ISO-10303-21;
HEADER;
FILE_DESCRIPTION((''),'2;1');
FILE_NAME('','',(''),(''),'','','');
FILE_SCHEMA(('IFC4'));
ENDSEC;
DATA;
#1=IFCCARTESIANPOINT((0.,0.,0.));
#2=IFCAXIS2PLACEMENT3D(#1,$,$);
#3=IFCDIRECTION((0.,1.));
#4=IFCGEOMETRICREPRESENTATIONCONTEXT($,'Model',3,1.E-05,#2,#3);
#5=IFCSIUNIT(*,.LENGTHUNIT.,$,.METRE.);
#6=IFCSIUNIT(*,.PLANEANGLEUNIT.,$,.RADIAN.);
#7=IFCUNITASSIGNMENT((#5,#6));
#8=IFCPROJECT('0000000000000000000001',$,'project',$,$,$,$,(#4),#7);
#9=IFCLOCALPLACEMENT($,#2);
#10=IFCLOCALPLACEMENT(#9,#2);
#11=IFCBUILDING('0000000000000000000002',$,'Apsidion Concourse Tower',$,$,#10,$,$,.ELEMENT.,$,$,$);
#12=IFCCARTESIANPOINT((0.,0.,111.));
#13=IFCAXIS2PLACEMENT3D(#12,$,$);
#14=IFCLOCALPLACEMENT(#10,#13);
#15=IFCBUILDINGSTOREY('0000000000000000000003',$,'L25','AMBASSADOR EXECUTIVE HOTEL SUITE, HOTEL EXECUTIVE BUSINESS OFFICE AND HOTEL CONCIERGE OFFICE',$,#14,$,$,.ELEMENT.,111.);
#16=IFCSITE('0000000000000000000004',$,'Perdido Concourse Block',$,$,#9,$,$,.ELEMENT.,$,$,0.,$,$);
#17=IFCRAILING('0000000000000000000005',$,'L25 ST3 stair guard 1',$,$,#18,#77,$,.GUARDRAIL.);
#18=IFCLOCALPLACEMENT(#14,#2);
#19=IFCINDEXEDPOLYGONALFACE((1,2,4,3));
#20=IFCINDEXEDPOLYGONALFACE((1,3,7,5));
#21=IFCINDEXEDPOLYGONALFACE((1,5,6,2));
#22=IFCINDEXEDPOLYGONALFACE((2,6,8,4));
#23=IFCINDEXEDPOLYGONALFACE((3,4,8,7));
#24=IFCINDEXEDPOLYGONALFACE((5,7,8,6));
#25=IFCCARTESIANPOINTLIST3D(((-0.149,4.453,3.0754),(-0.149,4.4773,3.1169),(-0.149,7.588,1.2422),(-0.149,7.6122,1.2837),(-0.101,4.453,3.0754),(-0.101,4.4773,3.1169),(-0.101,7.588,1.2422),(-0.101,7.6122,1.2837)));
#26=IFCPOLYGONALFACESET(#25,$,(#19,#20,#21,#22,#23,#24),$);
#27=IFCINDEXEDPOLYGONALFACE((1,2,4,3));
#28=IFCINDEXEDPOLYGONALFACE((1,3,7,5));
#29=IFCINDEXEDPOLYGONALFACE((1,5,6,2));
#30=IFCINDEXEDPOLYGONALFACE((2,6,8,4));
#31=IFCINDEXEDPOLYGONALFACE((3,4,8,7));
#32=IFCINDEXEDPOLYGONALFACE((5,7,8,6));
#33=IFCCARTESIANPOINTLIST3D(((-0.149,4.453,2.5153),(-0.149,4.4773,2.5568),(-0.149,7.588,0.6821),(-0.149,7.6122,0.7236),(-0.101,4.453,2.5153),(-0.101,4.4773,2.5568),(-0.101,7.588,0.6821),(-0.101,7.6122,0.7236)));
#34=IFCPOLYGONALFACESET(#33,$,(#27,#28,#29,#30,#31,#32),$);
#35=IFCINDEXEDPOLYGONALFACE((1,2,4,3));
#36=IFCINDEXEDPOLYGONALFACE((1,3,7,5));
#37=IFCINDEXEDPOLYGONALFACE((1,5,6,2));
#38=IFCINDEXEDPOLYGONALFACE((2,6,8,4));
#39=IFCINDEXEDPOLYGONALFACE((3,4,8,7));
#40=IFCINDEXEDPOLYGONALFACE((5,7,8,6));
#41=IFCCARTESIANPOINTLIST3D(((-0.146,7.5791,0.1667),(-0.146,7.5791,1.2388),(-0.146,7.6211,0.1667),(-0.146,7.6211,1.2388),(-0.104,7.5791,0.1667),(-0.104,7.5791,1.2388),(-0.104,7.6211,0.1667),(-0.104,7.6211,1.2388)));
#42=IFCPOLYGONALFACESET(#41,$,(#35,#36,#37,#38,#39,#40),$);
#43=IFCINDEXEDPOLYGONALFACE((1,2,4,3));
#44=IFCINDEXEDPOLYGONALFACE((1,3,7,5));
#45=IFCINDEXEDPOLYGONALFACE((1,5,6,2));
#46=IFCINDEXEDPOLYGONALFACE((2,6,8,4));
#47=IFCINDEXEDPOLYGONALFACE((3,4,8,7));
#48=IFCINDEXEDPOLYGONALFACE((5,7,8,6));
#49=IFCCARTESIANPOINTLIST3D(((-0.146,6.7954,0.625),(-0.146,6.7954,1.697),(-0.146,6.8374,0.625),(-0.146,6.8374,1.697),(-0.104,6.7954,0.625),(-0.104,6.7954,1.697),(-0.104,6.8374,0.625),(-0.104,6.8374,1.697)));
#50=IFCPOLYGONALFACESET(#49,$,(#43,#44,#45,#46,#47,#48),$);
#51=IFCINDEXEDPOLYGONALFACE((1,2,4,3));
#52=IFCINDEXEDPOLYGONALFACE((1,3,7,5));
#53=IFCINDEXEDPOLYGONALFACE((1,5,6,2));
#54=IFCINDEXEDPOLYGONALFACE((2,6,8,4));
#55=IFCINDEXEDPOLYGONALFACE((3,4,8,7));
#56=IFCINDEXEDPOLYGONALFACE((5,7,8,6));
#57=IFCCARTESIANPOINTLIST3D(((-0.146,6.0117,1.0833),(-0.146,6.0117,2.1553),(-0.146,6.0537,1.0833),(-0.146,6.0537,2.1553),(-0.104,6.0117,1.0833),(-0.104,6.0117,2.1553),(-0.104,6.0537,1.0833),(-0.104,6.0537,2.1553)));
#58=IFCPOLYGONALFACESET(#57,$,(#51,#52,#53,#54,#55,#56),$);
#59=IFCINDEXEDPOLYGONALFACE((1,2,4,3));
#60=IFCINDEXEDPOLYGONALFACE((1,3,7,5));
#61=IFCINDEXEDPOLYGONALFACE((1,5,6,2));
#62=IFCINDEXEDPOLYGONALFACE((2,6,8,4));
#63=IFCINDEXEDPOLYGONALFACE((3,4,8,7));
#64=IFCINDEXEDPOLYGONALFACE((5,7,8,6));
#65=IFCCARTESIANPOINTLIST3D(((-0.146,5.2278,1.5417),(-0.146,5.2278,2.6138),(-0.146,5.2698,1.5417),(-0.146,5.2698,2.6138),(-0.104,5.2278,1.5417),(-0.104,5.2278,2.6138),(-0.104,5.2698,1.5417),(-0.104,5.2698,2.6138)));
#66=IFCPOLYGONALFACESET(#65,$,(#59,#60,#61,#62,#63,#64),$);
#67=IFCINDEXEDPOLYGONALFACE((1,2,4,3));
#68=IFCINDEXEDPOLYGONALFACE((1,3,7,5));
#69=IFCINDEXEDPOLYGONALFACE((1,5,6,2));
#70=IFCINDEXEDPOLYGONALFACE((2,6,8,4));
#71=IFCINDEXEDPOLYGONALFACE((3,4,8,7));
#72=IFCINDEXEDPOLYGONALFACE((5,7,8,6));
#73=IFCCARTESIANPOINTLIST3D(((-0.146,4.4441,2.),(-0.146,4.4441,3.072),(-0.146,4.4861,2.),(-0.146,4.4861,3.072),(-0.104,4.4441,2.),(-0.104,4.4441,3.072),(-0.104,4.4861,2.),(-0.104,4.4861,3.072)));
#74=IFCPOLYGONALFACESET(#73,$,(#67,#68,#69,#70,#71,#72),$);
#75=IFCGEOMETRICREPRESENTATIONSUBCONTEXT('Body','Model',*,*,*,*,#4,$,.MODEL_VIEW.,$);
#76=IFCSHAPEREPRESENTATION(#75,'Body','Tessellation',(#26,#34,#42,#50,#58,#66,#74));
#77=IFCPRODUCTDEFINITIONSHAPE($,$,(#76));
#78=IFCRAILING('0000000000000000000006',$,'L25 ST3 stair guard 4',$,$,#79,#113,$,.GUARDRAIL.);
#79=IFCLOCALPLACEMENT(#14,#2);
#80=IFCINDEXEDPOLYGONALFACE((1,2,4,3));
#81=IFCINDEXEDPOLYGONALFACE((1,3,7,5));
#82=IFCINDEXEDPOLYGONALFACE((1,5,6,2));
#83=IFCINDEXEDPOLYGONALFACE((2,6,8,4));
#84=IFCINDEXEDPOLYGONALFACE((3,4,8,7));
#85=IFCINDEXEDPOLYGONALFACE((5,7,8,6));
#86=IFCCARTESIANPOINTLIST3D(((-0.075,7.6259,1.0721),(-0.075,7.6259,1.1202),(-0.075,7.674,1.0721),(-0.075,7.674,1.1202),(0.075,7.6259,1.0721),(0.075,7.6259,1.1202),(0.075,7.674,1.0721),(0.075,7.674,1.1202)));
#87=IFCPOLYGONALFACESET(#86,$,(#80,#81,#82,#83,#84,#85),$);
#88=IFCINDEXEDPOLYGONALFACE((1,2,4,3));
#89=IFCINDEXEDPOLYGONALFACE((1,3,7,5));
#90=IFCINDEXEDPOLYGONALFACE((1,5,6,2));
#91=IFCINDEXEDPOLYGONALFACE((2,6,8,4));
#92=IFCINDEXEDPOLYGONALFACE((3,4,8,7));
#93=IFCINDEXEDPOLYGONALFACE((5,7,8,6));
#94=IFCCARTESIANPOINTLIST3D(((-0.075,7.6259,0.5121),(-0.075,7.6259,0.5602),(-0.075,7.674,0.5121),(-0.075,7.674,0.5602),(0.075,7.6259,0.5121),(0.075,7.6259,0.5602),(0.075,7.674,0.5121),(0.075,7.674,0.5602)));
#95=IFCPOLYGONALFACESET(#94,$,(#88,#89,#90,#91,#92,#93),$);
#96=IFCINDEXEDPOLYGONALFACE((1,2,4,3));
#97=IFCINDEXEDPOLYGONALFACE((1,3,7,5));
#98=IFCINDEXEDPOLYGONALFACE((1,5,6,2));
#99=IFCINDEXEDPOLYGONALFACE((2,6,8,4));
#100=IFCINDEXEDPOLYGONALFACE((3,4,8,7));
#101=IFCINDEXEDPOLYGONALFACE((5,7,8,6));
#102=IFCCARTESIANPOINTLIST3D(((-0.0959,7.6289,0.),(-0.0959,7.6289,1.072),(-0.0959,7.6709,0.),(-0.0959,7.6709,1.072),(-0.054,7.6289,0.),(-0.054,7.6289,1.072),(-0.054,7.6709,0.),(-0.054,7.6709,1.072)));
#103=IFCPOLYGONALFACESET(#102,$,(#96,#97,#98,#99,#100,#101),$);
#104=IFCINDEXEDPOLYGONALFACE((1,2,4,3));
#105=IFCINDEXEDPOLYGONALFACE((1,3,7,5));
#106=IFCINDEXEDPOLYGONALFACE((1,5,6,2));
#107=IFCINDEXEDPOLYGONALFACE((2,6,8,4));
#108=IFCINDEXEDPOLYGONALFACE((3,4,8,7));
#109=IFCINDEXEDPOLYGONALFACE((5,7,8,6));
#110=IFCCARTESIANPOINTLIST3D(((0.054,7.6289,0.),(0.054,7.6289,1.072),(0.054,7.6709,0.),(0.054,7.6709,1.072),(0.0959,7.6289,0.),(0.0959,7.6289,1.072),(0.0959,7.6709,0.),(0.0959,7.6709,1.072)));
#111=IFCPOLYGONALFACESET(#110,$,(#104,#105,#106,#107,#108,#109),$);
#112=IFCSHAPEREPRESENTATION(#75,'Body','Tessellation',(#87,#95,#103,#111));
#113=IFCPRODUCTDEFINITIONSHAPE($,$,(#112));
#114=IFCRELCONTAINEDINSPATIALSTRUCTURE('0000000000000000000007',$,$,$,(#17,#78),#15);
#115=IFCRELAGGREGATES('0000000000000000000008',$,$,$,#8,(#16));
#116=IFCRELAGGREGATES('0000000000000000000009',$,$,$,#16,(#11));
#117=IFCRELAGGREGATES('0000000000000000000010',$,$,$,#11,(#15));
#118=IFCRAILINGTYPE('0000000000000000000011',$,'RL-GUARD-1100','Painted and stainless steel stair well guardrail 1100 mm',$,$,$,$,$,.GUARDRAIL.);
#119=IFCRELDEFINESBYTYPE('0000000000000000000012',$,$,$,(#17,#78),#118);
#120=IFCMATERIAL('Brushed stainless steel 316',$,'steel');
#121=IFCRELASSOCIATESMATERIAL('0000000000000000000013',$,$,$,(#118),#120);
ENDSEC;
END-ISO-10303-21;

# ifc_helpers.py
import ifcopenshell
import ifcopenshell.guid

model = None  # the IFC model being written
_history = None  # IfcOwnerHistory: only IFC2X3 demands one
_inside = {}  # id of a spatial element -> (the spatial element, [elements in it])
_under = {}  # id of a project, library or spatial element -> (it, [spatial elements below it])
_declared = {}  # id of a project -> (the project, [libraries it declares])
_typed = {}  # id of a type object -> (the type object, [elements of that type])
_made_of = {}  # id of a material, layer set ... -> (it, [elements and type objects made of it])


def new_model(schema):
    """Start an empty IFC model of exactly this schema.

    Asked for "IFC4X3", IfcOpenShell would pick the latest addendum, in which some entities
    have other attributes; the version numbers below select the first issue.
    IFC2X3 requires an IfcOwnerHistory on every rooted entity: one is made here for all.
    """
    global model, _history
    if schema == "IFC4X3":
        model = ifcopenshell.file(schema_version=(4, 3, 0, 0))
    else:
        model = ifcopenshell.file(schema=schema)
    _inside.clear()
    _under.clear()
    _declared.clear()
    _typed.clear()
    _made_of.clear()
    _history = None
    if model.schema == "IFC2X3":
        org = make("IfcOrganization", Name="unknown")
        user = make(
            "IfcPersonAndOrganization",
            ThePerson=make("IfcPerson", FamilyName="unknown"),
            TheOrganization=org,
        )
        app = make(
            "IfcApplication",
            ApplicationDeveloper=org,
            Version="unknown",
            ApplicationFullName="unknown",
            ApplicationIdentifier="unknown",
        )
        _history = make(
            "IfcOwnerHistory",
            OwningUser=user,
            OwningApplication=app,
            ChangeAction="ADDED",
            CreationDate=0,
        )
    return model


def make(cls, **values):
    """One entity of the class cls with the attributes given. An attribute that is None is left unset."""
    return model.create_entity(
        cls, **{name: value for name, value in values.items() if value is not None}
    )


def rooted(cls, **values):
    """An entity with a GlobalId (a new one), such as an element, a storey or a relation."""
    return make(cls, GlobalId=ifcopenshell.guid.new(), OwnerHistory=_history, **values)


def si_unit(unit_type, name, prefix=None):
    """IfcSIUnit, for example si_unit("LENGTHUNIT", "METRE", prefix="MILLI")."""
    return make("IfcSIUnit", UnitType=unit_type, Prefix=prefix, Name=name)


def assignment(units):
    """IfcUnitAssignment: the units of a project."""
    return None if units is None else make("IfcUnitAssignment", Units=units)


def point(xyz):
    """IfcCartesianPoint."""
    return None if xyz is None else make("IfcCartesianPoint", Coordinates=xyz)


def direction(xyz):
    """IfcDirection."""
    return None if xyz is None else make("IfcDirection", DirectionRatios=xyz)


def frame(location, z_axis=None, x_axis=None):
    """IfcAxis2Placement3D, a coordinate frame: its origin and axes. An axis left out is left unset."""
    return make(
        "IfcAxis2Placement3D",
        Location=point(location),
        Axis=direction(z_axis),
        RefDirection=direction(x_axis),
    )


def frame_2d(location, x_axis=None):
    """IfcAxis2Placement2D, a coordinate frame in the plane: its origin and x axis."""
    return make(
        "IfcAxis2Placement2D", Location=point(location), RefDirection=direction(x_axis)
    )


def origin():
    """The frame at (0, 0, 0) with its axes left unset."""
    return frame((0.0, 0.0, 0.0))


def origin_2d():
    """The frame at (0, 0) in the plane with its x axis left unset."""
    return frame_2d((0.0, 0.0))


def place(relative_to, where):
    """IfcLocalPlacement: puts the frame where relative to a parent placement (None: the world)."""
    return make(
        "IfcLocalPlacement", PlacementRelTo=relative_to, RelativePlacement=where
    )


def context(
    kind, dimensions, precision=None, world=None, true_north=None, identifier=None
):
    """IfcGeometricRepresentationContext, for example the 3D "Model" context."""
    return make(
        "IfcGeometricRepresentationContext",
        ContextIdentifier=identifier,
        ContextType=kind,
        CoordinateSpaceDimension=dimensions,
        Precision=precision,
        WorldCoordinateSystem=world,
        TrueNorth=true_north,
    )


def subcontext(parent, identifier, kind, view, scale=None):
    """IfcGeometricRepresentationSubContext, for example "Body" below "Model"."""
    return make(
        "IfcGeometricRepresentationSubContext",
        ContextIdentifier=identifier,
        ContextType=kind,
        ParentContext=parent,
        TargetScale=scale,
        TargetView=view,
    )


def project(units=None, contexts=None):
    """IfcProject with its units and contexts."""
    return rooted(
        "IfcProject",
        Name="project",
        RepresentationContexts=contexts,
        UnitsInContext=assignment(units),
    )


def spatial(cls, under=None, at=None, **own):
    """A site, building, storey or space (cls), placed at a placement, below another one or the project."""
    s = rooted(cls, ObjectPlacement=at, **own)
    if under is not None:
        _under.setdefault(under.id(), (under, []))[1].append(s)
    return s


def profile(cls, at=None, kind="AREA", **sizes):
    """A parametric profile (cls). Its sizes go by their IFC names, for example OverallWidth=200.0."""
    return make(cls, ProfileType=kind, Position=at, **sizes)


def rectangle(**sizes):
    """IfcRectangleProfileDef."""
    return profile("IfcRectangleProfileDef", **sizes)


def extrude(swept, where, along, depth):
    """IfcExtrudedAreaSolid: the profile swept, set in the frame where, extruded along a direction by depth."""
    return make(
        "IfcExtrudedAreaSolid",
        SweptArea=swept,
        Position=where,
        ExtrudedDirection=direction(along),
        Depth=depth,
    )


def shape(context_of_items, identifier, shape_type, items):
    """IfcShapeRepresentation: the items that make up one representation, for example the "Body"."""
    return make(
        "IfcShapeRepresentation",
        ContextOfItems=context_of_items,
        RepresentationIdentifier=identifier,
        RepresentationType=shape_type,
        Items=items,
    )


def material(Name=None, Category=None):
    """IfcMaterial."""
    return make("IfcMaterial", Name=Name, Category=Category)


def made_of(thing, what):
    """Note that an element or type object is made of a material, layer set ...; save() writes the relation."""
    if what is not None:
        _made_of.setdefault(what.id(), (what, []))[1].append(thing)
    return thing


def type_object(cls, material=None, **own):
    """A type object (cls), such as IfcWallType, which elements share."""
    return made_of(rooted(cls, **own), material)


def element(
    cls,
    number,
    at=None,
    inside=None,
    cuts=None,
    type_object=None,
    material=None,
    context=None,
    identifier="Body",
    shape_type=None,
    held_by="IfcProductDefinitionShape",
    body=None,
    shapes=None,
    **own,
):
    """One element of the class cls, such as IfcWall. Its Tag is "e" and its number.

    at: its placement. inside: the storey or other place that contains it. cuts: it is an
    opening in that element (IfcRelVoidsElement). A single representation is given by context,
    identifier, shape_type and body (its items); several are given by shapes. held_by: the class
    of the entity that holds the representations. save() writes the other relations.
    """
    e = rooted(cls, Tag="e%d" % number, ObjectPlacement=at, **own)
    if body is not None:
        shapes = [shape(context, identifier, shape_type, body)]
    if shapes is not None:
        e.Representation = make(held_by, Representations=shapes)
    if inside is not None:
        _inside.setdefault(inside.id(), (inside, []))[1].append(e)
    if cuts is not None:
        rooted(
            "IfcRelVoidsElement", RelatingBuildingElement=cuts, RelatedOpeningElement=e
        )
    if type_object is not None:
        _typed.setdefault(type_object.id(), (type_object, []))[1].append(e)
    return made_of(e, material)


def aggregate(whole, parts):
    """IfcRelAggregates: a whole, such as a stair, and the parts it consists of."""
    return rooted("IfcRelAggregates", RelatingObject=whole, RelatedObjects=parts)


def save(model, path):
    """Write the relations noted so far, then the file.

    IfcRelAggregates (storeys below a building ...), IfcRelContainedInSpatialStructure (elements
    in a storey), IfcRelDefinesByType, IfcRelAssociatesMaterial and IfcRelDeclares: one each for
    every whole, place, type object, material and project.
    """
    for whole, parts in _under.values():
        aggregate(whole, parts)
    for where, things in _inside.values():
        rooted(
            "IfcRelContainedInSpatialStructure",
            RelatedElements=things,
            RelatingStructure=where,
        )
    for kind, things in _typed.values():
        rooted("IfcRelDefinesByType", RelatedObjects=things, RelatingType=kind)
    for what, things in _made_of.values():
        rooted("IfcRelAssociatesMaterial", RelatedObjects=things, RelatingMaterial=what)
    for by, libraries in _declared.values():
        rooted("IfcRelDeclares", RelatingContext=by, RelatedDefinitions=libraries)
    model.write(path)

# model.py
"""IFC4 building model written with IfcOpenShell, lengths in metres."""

from ifc_helpers import new_model, si_unit, direction, frame, origin, origin_2d, place, context, subcontext, project, spatial, rectangle, extrude, material, type_object, element, save


model = new_model("IFC4")

# Units and contexts
model_context = context("Model", 3, precision=1e-05, world=origin(), true_north=direction((0.0, 1.0)))
body_context = subcontext(model_context, "Body", "Model", "MODEL_VIEW")
ifc_project = project(units=[si_unit("LENGTHUNIT", "METRE"), si_unit("PLANEANGLEUNIT", "RADIAN")], contexts=[model_context])

# Site, building, storey
site_placement = place(None, origin())
site = spatial("IfcSite", under=ifc_project, at=site_placement, Name="Perdido Concourse Block", CompositionType="ELEMENT", RefElevation=0.0)
building_placement = place(site_placement, origin())
building = spatial("IfcBuilding", under=site, at=building_placement, Name="Apsidion Concourse Tower", CompositionType="ELEMENT")
storey_placement = place(building_placement, frame((0.0, 0.0, 111.0)))
storey = spatial("IfcBuildingStorey", under=building, at=storey_placement, Name="L25", Description="AMBASSADOR EXECUTIVE HOTEL SUITE, HOTEL EXECUTIVE BUSINESS OFFICE AND HOTEL CONCIERGE OFFICE", CompositionType="ELEMENT", Elevation=111.0)

# Shared definitions
ifc_material_1 = material(Name="Brushed stainless steel 316", Category="steel")

# Railings
railing_type = type_object("IfcRailingType", Name="RL-GUARD-1100", Description="Painted and stainless steel stair well guardrail 1100 mm", PredefinedType="GUARDRAIL", material=ifc_material_1)
railing_1_placement = place(storey_placement, frame((-0.125, 7.6001, 0.1667)))
element("IfcRailing", 1, at=railing_1_placement, inside=storey, type_object=railing_type, Name="L25 ST3 stair guard 1", PredefinedType="GUARDRAIL", context=body_context, shape_type="SweptSolid", body=[
    extrude(rectangle(XDim=0.0481, YDim=0.0481, at=origin_2d()), frame((0.0, 0.0, 1.0962), z_axis=(0.0, -0.86324, 0.504794), x_axis=(1.0, 0.0, 0.0)), (0.0, 0.0, 1.0), 3.6316),
    extrude(rectangle(XDim=0.0481, YDim=0.0481, at=origin_2d()), frame((0.0, 0.0, 0.5361), z_axis=(0.0, -0.86324, 0.504794), x_axis=(1.0, 0.0, 0.0)), (0.0, 0.0, 1.0), 3.6316),
    extrude(rectangle(XDim=0.042, YDim=0.042, at=origin_2d()), origin(), (0.0, 0.0, 1.0), 1.072),
    extrude(rectangle(XDim=0.042, YDim=0.042, at=origin_2d()), frame((0.0, -0.7837, 0.4583)), (0.0, 0.0, 1.0), 1.072),
    extrude(rectangle(XDim=0.042, YDim=0.042, at=origin_2d()), frame((0.0, -1.5674, 0.9165)), (0.0, 0.0, 1.0), 1.072),
    extrude(rectangle(XDim=0.042, YDim=0.042, at=origin_2d()), frame((0.0, -2.3513, 1.375)), (0.0, 0.0, 1.0), 1.072),
    extrude(rectangle(XDim=0.042, YDim=0.042, at=origin_2d()), frame((0.0, -3.135, 1.8333)), (0.0, 0.0, 1.0), 1.072),
])
railing_2_placement = place(storey_placement, frame((-0.075, 7.6499, 0.0)))
element("IfcRailing", 2, at=railing_2_placement, inside=storey, type_object=railing_type, Name="L25 ST3 stair guard 4", PredefinedType="GUARDRAIL", context=body_context, shape_type="SweptSolid", body=[
    extrude(rectangle(XDim=0.0481, YDim=0.0481, at=origin_2d()), frame((0.0, 0.0, 1.0962), z_axis=(1.0, 0.0, 0.0), x_axis=(0.0, 1.0, 0.0)), (0.0, 0.0, 1.0), 0.1499),
    extrude(rectangle(XDim=0.0481, YDim=0.0481, at=origin_2d()), frame((0.0, 0.0, 0.5361), z_axis=(1.0, 0.0, 0.0), x_axis=(0.0, 1.0, 0.0)), (0.0, 0.0, 1.0), 0.1499),
    extrude(rectangle(XDim=0.042, YDim=0.042, at=origin_2d()), origin(), (0.0, 0.0, 1.0), 1.072),
    extrude(rectangle(XDim=0.042, YDim=0.042, at=origin_2d()), frame((0.1499, 0.0, 0.0)), (0.0, 0.0, 1.0), 1.072),
])

save(model, "model.ifc")
